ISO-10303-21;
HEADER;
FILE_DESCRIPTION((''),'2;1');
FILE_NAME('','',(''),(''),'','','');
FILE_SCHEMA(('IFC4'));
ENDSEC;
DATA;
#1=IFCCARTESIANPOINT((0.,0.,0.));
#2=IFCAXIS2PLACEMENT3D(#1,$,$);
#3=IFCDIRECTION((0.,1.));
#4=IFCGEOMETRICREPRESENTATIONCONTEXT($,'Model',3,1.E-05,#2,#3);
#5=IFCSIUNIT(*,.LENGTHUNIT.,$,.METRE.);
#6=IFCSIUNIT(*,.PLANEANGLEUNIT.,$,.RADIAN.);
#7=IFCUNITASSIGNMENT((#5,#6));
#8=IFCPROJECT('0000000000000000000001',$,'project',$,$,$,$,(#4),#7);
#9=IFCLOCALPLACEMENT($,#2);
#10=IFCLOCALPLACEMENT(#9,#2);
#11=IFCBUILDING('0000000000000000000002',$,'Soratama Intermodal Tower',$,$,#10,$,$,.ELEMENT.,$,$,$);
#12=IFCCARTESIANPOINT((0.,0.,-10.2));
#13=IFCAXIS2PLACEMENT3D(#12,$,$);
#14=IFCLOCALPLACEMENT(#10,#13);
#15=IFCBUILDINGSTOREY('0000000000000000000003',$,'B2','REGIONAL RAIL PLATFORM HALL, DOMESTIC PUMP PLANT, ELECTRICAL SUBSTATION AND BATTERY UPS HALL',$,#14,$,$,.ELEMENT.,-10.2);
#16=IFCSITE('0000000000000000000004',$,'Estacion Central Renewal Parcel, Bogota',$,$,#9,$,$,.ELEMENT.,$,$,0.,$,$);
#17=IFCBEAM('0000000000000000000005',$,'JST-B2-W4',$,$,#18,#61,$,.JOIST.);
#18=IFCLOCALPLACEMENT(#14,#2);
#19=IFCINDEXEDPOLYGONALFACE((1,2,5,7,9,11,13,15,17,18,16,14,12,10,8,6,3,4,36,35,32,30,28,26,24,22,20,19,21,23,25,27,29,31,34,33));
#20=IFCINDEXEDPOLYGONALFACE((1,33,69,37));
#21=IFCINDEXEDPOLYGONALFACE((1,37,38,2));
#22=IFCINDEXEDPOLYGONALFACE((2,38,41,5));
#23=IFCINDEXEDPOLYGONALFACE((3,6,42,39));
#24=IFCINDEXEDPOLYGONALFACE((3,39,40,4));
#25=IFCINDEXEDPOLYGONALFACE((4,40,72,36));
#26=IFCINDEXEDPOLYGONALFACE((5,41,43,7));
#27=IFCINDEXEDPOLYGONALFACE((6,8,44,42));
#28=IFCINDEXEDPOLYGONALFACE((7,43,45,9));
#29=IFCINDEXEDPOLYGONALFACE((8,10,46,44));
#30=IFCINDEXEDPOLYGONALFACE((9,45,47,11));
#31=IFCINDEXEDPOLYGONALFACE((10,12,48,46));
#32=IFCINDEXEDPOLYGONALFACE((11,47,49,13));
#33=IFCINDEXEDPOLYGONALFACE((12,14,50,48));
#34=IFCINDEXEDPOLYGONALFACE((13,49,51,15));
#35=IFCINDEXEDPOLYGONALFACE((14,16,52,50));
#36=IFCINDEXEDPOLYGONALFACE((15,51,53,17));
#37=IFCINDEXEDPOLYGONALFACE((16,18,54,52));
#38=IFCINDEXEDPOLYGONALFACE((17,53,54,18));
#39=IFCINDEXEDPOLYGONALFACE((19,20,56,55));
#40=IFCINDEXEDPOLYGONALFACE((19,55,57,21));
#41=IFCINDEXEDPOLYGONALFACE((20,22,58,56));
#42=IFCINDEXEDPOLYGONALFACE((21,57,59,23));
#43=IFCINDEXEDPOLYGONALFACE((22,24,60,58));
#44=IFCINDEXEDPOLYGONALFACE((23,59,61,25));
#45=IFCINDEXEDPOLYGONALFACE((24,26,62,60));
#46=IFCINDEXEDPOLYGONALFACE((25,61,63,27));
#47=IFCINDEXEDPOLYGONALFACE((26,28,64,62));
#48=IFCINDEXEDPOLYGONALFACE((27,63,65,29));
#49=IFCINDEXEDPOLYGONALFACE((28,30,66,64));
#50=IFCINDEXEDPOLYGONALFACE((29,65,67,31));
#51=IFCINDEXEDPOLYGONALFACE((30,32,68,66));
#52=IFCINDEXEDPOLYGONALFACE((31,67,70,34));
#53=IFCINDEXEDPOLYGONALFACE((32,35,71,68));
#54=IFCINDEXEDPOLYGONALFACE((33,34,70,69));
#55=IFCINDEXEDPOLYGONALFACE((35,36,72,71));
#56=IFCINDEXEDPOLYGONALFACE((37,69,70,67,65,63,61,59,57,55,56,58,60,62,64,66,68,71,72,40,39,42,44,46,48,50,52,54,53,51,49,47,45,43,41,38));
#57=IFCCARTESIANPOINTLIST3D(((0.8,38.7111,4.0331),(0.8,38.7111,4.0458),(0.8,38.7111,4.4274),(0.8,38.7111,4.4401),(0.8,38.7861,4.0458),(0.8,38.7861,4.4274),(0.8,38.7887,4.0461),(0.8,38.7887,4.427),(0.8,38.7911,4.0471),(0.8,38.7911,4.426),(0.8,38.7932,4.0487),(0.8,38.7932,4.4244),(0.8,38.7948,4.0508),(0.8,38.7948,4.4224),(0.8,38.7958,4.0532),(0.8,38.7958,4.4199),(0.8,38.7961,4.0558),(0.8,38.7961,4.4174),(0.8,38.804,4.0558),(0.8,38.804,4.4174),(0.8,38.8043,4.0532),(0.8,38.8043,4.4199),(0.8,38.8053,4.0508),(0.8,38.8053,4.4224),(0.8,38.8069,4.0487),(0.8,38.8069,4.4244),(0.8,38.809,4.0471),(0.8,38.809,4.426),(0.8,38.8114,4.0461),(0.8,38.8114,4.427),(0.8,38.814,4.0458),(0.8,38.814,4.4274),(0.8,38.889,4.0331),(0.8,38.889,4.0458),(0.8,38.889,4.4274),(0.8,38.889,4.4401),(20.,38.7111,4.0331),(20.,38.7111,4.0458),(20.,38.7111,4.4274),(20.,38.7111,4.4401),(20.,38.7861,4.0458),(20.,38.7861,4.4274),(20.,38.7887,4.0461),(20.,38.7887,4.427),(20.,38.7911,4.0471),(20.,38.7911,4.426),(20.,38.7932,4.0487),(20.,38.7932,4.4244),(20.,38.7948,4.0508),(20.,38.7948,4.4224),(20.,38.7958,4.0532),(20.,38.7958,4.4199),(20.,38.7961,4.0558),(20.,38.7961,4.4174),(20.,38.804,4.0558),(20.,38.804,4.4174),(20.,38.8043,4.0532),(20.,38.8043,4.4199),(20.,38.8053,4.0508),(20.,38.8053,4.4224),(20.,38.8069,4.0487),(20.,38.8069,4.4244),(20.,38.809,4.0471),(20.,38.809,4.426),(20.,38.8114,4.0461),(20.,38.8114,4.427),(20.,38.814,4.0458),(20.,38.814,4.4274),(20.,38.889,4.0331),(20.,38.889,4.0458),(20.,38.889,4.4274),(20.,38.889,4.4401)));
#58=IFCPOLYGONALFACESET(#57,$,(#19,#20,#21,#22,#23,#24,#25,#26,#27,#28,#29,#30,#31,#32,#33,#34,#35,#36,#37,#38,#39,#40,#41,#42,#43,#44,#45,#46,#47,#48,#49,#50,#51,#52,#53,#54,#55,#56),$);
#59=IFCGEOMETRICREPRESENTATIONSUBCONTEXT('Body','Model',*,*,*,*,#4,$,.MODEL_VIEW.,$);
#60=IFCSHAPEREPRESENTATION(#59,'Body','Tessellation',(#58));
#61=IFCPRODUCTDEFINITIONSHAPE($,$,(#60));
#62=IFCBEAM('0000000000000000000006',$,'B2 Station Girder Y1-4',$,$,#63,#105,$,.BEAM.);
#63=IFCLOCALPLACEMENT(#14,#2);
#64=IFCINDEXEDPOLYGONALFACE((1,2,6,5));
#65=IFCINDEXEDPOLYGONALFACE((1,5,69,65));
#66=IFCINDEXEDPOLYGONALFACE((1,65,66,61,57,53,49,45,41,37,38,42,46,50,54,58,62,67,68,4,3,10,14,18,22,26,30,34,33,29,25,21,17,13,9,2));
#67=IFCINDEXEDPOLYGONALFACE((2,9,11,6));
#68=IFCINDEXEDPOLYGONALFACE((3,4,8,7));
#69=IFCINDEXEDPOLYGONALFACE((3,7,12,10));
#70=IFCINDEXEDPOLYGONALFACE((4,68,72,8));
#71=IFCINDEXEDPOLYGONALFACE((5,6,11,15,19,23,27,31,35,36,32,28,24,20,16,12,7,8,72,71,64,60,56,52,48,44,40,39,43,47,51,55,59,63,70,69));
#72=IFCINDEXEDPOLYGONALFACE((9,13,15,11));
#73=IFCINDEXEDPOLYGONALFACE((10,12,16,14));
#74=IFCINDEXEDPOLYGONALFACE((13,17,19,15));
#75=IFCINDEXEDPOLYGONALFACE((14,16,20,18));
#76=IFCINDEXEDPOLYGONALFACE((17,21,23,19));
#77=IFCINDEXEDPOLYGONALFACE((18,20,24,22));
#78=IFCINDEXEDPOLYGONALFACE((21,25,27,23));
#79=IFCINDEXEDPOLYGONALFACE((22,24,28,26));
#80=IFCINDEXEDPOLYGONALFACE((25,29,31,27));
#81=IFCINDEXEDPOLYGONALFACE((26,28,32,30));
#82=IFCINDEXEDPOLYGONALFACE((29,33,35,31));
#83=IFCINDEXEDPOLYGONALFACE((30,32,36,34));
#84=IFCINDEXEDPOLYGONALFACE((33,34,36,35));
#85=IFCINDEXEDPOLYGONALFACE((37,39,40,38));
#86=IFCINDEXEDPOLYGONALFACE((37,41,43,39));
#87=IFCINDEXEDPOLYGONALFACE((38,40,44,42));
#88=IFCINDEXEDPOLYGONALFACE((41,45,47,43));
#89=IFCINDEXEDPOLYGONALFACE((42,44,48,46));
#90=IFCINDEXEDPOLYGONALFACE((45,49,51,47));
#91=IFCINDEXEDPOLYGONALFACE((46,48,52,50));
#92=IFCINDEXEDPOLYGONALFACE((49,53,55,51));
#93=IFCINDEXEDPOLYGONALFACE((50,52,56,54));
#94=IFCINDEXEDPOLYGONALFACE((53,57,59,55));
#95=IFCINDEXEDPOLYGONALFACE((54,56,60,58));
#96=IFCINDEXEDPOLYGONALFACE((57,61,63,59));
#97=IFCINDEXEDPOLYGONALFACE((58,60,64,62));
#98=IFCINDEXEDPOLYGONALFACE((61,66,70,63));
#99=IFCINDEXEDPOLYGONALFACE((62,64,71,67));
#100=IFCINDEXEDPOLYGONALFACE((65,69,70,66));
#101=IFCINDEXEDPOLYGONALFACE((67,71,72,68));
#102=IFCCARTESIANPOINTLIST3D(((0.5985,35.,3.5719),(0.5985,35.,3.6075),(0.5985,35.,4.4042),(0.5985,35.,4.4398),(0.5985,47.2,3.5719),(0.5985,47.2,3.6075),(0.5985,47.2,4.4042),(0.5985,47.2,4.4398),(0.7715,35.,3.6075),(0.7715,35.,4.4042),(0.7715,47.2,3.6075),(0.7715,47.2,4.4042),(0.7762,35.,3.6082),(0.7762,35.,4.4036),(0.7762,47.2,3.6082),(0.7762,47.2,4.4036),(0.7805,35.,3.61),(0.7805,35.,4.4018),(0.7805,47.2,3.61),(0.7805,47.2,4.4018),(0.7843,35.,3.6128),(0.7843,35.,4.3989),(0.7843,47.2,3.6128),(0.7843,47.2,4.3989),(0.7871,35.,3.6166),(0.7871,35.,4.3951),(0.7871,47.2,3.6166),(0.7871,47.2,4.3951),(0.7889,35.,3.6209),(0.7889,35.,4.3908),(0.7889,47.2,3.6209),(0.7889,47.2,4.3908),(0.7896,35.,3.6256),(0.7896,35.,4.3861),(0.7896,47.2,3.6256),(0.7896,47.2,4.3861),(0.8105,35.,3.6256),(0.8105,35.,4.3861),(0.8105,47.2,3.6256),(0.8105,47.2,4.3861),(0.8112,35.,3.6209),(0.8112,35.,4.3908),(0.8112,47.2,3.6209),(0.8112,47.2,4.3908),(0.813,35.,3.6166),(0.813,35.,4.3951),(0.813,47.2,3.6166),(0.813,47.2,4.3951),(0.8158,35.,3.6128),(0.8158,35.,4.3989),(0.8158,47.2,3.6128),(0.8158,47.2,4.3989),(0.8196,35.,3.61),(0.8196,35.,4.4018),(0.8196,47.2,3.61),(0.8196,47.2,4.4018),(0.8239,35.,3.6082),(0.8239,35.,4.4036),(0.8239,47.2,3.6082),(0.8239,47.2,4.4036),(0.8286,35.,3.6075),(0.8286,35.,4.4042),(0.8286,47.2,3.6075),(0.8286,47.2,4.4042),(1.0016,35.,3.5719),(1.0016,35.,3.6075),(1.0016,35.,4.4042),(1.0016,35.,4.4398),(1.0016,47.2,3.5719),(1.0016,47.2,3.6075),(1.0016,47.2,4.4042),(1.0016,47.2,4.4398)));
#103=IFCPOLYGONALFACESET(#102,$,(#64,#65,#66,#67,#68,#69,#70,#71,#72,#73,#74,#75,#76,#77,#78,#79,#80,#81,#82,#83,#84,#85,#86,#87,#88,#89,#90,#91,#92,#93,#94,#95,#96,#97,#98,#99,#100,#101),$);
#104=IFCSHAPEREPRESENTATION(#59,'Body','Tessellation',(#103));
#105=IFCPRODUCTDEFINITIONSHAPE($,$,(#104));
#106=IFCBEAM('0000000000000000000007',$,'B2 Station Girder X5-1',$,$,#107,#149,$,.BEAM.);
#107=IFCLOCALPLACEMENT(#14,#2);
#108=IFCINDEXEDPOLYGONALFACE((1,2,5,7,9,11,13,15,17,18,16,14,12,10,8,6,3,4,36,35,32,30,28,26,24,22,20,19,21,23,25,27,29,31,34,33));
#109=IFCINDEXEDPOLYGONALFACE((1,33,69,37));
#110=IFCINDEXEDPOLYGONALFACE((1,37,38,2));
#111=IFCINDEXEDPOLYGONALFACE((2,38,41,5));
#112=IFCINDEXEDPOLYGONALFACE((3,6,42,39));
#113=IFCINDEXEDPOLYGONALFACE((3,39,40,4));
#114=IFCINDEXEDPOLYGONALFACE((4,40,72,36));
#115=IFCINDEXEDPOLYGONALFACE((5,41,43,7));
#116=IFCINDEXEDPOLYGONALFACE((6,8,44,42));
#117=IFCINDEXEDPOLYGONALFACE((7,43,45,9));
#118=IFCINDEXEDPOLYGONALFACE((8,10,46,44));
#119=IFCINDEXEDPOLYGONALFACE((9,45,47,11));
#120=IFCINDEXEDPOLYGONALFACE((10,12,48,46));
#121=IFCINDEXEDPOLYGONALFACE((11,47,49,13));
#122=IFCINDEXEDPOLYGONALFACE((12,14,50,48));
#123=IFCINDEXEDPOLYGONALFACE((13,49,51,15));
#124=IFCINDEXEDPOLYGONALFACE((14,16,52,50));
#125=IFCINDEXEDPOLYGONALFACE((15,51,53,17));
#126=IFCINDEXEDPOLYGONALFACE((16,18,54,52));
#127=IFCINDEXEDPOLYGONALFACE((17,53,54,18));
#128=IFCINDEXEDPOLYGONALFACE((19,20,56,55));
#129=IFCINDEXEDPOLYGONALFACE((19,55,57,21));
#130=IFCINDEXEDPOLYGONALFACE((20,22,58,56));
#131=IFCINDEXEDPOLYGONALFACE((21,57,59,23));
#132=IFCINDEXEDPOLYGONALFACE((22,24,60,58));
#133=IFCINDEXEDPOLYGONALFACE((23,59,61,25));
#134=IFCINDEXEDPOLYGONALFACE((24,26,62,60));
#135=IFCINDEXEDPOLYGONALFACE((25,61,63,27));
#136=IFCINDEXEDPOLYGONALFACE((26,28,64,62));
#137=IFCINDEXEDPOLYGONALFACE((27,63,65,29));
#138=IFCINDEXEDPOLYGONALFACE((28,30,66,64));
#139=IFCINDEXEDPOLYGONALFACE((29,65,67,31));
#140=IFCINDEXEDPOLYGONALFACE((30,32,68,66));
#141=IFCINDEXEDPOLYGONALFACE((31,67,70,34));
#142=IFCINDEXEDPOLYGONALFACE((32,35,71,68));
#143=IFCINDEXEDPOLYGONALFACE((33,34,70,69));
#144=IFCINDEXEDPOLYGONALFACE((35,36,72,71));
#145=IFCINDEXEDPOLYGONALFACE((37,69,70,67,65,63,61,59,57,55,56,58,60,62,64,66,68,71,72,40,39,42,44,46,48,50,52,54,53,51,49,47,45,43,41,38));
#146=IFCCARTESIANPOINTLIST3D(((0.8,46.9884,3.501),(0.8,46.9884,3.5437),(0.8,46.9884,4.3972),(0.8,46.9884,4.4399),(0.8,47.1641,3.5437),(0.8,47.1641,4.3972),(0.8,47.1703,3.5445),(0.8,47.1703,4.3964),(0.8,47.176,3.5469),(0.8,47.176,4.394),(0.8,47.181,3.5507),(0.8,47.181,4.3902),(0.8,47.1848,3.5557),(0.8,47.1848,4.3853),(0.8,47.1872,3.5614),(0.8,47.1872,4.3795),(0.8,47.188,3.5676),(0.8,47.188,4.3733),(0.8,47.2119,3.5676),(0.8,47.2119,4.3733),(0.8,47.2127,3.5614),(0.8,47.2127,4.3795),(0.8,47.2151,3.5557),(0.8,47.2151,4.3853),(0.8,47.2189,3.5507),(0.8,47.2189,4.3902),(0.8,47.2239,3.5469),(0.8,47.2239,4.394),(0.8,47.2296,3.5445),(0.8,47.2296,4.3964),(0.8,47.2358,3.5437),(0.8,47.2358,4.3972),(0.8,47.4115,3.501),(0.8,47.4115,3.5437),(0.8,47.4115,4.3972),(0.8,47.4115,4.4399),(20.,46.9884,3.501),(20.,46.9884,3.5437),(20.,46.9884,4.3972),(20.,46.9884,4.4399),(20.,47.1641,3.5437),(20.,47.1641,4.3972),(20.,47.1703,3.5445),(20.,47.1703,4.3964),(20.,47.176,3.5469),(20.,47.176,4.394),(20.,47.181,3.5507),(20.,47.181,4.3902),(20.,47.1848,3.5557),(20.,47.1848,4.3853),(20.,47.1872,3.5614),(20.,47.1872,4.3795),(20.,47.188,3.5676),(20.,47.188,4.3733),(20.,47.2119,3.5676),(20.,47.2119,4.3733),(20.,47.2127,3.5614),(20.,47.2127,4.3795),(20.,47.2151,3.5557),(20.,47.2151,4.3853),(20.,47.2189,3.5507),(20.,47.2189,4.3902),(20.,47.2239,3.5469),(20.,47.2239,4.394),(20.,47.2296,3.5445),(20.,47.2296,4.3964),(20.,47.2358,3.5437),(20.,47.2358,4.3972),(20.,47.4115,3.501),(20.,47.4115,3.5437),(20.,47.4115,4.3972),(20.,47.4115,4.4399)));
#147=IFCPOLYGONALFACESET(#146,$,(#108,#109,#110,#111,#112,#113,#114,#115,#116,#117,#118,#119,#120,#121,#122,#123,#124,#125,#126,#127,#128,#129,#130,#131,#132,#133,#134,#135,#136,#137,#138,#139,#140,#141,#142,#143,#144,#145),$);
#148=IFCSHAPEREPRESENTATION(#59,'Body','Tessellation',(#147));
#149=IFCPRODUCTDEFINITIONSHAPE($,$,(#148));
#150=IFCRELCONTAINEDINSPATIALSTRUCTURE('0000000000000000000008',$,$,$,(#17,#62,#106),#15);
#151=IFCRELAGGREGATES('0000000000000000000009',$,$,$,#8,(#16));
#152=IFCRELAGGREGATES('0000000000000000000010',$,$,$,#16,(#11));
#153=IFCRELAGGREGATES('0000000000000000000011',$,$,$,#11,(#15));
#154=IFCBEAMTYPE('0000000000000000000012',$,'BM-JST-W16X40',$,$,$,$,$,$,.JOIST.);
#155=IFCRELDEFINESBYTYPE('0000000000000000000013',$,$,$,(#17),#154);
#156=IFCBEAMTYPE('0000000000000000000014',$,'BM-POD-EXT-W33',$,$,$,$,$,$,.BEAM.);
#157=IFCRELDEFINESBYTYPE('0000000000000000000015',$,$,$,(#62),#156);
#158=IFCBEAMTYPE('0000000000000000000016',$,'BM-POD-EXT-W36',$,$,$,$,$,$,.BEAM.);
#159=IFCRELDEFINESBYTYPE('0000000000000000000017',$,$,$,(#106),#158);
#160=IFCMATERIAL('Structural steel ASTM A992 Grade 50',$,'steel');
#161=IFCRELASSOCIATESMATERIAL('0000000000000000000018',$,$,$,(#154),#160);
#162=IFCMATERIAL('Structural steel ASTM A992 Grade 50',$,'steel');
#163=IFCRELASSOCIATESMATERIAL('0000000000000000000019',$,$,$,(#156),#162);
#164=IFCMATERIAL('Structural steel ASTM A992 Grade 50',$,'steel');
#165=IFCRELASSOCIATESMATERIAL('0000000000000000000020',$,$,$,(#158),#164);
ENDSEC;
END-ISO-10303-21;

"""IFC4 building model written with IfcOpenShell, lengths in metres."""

from ifc_helpers import new_model, si_unit, direction, frame, origin, origin_2d, place, context, subcontext, project, spatial, i_section, extrude, material, material_profile, profile_set, type_object, element, save


model = new_model("IFC4")

# Units and contexts
model_context = context("Model", 3, precision=1e-05, world=origin(), true_north=direction((0.0, 1.0)))
body_context = subcontext(model_context, "Body", "Model", "MODEL_VIEW")
ifc_project = project(units=[si_unit("LENGTHUNIT", "METRE"), si_unit("PLANEANGLEUNIT", "RADIAN")], contexts=[model_context])

# Site, building, storey
site_placement = place(None, origin())
site = spatial("IfcSite", under=ifc_project, at=site_placement, Name="Estacion Central Renewal Parcel, Bogota", CompositionType="ELEMENT", RefElevation=0.0)
building_placement = place(site_placement, origin())
building = spatial("IfcBuilding", under=site, at=building_placement, Name="Soratama Intermodal Tower", CompositionType="ELEMENT")
storey_placement = place(building_placement, frame((0.0, 0.0, -10.2)))
storey = spatial("IfcBuildingStorey", under=building, at=storey_placement, Name="B2", Description="REGIONAL RAIL PLATFORM HALL, DOMESTIC PUMP PLANT, ELECTRICAL SUBSTATION AND BATTERY UPS HALL", CompositionType="ELEMENT", Elevation=-10.2)

# Beams
ifc_material_1 = material(Name="Structural steel ASTM A992 Grade 50", Category="steel")
ifc_material_profile_1 = material_profile(ifc_material_1, i_section(OverallWidth=0.178, OverallDepth=0.407, WebThickness=0.0078, FlangeThickness=0.0127, FilletRadius=0.01, at=origin_2d()), Name="W16X40")
ifc_profile_set_1 = profile_set([ifc_material_profile_1], Name="Structural steel ASTM A992 Grade 50")
beam_type_1 = type_object("IfcBeamType", Name="BM-JST-W16X40", PredefinedType="JOIST", material=ifc_profile_set_1)
for number, where, z_axis, x_axis, name in (
    (1, (0.8, 38.8, 4.2366), (1.0, 0.0, 0.0), (0.0, 1.0, 0.0), "JST-B2-W4"),
):
    element("IfcBeam", number, at=place(storey_placement, frame(where, z_axis=z_axis, x_axis=x_axis)), inside=storey, type_object=beam_type_1, Name=name, PredefinedType="JOIST", context=body_context, shape_type="SweptSolid", body=[
        extrude(i_section(OverallWidth=0.178, OverallDepth=0.407, WebThickness=0.0078, FlangeThickness=0.0127, FilletRadius=0.01, at=origin_2d()), origin(), (0.0, 0.0, 1.0), 19.2),
    ])
ifc_material_2 = material(Name="Structural steel ASTM A992 Grade 50", Category="steel")
ifc_material_profile_2 = material_profile(ifc_material_2, i_section(OverallWidth=0.4031, OverallDepth=0.8679, WebThickness=0.021, FlangeThickness=0.0356, FilletRadius=0.0181, at=origin_2d()), Name="W33X241")
ifc_profile_set_2 = profile_set([ifc_material_profile_2], Name="Structural steel ASTM A992 Grade 50")
beam_type_2 = type_object("IfcBeamType", Name="BM-POD-EXT-W33", PredefinedType="BEAM", material=ifc_profile_set_2)
beam_1_placement = place(storey_placement, frame((0.8, 35.0, 4.0059), z_axis=(0.0, 1.0, 0.0), x_axis=(-1.0, 0.0, 0.0)))
element("IfcBeam", 2, at=beam_1_placement, inside=storey, type_object=beam_type_2, Name="B2 Station Girder Y1-4", PredefinedType="BEAM", context=body_context, shape_type="SweptSolid", body=[
    extrude(i_section(OverallWidth=0.4031, OverallDepth=0.8679, WebThickness=0.021, FlangeThickness=0.0356, FilletRadius=0.0181, at=origin_2d()), origin(), (0.0, 0.0, 1.0), 12.2),
])
ifc_material_3 = material(Name="Structural steel ASTM A992 Grade 50", Category="steel")
ifc_material_profile_3 = material_profile(ifc_material_3, i_section(OverallWidth=0.4231, OverallDepth=0.939, WebThickness=0.0239, FlangeThickness=0.0427, FilletRadius=0.0239, at=origin_2d()), Name="W36X302")
ifc_profile_set_3 = profile_set([ifc_material_profile_3], Name="Structural steel ASTM A992 Grade 50")
beam_type_3 = type_object("IfcBeamType", Name="BM-POD-EXT-W36", PredefinedType="BEAM", material=ifc_profile_set_3)
beam_2_placement = place(storey_placement, frame((0.8, 47.2, 3.9705), z_axis=(1.0, 0.0, 0.0), x_axis=(0.0, 1.0, 0.0)))
element("IfcBeam", 3, at=beam_2_placement, inside=storey, type_object=beam_type_3, Name="B2 Station Girder X5-1", PredefinedType="BEAM", context=body_context, shape_type="SweptSolid", body=[
    extrude(i_section(OverallWidth=0.4231, OverallDepth=0.939, WebThickness=0.0239, FlangeThickness=0.0427, FilletRadius=0.0239, at=origin_2d()), origin(), (0.0, 0.0, 1.0), 19.2),
])

save(model, "model.ifc")
